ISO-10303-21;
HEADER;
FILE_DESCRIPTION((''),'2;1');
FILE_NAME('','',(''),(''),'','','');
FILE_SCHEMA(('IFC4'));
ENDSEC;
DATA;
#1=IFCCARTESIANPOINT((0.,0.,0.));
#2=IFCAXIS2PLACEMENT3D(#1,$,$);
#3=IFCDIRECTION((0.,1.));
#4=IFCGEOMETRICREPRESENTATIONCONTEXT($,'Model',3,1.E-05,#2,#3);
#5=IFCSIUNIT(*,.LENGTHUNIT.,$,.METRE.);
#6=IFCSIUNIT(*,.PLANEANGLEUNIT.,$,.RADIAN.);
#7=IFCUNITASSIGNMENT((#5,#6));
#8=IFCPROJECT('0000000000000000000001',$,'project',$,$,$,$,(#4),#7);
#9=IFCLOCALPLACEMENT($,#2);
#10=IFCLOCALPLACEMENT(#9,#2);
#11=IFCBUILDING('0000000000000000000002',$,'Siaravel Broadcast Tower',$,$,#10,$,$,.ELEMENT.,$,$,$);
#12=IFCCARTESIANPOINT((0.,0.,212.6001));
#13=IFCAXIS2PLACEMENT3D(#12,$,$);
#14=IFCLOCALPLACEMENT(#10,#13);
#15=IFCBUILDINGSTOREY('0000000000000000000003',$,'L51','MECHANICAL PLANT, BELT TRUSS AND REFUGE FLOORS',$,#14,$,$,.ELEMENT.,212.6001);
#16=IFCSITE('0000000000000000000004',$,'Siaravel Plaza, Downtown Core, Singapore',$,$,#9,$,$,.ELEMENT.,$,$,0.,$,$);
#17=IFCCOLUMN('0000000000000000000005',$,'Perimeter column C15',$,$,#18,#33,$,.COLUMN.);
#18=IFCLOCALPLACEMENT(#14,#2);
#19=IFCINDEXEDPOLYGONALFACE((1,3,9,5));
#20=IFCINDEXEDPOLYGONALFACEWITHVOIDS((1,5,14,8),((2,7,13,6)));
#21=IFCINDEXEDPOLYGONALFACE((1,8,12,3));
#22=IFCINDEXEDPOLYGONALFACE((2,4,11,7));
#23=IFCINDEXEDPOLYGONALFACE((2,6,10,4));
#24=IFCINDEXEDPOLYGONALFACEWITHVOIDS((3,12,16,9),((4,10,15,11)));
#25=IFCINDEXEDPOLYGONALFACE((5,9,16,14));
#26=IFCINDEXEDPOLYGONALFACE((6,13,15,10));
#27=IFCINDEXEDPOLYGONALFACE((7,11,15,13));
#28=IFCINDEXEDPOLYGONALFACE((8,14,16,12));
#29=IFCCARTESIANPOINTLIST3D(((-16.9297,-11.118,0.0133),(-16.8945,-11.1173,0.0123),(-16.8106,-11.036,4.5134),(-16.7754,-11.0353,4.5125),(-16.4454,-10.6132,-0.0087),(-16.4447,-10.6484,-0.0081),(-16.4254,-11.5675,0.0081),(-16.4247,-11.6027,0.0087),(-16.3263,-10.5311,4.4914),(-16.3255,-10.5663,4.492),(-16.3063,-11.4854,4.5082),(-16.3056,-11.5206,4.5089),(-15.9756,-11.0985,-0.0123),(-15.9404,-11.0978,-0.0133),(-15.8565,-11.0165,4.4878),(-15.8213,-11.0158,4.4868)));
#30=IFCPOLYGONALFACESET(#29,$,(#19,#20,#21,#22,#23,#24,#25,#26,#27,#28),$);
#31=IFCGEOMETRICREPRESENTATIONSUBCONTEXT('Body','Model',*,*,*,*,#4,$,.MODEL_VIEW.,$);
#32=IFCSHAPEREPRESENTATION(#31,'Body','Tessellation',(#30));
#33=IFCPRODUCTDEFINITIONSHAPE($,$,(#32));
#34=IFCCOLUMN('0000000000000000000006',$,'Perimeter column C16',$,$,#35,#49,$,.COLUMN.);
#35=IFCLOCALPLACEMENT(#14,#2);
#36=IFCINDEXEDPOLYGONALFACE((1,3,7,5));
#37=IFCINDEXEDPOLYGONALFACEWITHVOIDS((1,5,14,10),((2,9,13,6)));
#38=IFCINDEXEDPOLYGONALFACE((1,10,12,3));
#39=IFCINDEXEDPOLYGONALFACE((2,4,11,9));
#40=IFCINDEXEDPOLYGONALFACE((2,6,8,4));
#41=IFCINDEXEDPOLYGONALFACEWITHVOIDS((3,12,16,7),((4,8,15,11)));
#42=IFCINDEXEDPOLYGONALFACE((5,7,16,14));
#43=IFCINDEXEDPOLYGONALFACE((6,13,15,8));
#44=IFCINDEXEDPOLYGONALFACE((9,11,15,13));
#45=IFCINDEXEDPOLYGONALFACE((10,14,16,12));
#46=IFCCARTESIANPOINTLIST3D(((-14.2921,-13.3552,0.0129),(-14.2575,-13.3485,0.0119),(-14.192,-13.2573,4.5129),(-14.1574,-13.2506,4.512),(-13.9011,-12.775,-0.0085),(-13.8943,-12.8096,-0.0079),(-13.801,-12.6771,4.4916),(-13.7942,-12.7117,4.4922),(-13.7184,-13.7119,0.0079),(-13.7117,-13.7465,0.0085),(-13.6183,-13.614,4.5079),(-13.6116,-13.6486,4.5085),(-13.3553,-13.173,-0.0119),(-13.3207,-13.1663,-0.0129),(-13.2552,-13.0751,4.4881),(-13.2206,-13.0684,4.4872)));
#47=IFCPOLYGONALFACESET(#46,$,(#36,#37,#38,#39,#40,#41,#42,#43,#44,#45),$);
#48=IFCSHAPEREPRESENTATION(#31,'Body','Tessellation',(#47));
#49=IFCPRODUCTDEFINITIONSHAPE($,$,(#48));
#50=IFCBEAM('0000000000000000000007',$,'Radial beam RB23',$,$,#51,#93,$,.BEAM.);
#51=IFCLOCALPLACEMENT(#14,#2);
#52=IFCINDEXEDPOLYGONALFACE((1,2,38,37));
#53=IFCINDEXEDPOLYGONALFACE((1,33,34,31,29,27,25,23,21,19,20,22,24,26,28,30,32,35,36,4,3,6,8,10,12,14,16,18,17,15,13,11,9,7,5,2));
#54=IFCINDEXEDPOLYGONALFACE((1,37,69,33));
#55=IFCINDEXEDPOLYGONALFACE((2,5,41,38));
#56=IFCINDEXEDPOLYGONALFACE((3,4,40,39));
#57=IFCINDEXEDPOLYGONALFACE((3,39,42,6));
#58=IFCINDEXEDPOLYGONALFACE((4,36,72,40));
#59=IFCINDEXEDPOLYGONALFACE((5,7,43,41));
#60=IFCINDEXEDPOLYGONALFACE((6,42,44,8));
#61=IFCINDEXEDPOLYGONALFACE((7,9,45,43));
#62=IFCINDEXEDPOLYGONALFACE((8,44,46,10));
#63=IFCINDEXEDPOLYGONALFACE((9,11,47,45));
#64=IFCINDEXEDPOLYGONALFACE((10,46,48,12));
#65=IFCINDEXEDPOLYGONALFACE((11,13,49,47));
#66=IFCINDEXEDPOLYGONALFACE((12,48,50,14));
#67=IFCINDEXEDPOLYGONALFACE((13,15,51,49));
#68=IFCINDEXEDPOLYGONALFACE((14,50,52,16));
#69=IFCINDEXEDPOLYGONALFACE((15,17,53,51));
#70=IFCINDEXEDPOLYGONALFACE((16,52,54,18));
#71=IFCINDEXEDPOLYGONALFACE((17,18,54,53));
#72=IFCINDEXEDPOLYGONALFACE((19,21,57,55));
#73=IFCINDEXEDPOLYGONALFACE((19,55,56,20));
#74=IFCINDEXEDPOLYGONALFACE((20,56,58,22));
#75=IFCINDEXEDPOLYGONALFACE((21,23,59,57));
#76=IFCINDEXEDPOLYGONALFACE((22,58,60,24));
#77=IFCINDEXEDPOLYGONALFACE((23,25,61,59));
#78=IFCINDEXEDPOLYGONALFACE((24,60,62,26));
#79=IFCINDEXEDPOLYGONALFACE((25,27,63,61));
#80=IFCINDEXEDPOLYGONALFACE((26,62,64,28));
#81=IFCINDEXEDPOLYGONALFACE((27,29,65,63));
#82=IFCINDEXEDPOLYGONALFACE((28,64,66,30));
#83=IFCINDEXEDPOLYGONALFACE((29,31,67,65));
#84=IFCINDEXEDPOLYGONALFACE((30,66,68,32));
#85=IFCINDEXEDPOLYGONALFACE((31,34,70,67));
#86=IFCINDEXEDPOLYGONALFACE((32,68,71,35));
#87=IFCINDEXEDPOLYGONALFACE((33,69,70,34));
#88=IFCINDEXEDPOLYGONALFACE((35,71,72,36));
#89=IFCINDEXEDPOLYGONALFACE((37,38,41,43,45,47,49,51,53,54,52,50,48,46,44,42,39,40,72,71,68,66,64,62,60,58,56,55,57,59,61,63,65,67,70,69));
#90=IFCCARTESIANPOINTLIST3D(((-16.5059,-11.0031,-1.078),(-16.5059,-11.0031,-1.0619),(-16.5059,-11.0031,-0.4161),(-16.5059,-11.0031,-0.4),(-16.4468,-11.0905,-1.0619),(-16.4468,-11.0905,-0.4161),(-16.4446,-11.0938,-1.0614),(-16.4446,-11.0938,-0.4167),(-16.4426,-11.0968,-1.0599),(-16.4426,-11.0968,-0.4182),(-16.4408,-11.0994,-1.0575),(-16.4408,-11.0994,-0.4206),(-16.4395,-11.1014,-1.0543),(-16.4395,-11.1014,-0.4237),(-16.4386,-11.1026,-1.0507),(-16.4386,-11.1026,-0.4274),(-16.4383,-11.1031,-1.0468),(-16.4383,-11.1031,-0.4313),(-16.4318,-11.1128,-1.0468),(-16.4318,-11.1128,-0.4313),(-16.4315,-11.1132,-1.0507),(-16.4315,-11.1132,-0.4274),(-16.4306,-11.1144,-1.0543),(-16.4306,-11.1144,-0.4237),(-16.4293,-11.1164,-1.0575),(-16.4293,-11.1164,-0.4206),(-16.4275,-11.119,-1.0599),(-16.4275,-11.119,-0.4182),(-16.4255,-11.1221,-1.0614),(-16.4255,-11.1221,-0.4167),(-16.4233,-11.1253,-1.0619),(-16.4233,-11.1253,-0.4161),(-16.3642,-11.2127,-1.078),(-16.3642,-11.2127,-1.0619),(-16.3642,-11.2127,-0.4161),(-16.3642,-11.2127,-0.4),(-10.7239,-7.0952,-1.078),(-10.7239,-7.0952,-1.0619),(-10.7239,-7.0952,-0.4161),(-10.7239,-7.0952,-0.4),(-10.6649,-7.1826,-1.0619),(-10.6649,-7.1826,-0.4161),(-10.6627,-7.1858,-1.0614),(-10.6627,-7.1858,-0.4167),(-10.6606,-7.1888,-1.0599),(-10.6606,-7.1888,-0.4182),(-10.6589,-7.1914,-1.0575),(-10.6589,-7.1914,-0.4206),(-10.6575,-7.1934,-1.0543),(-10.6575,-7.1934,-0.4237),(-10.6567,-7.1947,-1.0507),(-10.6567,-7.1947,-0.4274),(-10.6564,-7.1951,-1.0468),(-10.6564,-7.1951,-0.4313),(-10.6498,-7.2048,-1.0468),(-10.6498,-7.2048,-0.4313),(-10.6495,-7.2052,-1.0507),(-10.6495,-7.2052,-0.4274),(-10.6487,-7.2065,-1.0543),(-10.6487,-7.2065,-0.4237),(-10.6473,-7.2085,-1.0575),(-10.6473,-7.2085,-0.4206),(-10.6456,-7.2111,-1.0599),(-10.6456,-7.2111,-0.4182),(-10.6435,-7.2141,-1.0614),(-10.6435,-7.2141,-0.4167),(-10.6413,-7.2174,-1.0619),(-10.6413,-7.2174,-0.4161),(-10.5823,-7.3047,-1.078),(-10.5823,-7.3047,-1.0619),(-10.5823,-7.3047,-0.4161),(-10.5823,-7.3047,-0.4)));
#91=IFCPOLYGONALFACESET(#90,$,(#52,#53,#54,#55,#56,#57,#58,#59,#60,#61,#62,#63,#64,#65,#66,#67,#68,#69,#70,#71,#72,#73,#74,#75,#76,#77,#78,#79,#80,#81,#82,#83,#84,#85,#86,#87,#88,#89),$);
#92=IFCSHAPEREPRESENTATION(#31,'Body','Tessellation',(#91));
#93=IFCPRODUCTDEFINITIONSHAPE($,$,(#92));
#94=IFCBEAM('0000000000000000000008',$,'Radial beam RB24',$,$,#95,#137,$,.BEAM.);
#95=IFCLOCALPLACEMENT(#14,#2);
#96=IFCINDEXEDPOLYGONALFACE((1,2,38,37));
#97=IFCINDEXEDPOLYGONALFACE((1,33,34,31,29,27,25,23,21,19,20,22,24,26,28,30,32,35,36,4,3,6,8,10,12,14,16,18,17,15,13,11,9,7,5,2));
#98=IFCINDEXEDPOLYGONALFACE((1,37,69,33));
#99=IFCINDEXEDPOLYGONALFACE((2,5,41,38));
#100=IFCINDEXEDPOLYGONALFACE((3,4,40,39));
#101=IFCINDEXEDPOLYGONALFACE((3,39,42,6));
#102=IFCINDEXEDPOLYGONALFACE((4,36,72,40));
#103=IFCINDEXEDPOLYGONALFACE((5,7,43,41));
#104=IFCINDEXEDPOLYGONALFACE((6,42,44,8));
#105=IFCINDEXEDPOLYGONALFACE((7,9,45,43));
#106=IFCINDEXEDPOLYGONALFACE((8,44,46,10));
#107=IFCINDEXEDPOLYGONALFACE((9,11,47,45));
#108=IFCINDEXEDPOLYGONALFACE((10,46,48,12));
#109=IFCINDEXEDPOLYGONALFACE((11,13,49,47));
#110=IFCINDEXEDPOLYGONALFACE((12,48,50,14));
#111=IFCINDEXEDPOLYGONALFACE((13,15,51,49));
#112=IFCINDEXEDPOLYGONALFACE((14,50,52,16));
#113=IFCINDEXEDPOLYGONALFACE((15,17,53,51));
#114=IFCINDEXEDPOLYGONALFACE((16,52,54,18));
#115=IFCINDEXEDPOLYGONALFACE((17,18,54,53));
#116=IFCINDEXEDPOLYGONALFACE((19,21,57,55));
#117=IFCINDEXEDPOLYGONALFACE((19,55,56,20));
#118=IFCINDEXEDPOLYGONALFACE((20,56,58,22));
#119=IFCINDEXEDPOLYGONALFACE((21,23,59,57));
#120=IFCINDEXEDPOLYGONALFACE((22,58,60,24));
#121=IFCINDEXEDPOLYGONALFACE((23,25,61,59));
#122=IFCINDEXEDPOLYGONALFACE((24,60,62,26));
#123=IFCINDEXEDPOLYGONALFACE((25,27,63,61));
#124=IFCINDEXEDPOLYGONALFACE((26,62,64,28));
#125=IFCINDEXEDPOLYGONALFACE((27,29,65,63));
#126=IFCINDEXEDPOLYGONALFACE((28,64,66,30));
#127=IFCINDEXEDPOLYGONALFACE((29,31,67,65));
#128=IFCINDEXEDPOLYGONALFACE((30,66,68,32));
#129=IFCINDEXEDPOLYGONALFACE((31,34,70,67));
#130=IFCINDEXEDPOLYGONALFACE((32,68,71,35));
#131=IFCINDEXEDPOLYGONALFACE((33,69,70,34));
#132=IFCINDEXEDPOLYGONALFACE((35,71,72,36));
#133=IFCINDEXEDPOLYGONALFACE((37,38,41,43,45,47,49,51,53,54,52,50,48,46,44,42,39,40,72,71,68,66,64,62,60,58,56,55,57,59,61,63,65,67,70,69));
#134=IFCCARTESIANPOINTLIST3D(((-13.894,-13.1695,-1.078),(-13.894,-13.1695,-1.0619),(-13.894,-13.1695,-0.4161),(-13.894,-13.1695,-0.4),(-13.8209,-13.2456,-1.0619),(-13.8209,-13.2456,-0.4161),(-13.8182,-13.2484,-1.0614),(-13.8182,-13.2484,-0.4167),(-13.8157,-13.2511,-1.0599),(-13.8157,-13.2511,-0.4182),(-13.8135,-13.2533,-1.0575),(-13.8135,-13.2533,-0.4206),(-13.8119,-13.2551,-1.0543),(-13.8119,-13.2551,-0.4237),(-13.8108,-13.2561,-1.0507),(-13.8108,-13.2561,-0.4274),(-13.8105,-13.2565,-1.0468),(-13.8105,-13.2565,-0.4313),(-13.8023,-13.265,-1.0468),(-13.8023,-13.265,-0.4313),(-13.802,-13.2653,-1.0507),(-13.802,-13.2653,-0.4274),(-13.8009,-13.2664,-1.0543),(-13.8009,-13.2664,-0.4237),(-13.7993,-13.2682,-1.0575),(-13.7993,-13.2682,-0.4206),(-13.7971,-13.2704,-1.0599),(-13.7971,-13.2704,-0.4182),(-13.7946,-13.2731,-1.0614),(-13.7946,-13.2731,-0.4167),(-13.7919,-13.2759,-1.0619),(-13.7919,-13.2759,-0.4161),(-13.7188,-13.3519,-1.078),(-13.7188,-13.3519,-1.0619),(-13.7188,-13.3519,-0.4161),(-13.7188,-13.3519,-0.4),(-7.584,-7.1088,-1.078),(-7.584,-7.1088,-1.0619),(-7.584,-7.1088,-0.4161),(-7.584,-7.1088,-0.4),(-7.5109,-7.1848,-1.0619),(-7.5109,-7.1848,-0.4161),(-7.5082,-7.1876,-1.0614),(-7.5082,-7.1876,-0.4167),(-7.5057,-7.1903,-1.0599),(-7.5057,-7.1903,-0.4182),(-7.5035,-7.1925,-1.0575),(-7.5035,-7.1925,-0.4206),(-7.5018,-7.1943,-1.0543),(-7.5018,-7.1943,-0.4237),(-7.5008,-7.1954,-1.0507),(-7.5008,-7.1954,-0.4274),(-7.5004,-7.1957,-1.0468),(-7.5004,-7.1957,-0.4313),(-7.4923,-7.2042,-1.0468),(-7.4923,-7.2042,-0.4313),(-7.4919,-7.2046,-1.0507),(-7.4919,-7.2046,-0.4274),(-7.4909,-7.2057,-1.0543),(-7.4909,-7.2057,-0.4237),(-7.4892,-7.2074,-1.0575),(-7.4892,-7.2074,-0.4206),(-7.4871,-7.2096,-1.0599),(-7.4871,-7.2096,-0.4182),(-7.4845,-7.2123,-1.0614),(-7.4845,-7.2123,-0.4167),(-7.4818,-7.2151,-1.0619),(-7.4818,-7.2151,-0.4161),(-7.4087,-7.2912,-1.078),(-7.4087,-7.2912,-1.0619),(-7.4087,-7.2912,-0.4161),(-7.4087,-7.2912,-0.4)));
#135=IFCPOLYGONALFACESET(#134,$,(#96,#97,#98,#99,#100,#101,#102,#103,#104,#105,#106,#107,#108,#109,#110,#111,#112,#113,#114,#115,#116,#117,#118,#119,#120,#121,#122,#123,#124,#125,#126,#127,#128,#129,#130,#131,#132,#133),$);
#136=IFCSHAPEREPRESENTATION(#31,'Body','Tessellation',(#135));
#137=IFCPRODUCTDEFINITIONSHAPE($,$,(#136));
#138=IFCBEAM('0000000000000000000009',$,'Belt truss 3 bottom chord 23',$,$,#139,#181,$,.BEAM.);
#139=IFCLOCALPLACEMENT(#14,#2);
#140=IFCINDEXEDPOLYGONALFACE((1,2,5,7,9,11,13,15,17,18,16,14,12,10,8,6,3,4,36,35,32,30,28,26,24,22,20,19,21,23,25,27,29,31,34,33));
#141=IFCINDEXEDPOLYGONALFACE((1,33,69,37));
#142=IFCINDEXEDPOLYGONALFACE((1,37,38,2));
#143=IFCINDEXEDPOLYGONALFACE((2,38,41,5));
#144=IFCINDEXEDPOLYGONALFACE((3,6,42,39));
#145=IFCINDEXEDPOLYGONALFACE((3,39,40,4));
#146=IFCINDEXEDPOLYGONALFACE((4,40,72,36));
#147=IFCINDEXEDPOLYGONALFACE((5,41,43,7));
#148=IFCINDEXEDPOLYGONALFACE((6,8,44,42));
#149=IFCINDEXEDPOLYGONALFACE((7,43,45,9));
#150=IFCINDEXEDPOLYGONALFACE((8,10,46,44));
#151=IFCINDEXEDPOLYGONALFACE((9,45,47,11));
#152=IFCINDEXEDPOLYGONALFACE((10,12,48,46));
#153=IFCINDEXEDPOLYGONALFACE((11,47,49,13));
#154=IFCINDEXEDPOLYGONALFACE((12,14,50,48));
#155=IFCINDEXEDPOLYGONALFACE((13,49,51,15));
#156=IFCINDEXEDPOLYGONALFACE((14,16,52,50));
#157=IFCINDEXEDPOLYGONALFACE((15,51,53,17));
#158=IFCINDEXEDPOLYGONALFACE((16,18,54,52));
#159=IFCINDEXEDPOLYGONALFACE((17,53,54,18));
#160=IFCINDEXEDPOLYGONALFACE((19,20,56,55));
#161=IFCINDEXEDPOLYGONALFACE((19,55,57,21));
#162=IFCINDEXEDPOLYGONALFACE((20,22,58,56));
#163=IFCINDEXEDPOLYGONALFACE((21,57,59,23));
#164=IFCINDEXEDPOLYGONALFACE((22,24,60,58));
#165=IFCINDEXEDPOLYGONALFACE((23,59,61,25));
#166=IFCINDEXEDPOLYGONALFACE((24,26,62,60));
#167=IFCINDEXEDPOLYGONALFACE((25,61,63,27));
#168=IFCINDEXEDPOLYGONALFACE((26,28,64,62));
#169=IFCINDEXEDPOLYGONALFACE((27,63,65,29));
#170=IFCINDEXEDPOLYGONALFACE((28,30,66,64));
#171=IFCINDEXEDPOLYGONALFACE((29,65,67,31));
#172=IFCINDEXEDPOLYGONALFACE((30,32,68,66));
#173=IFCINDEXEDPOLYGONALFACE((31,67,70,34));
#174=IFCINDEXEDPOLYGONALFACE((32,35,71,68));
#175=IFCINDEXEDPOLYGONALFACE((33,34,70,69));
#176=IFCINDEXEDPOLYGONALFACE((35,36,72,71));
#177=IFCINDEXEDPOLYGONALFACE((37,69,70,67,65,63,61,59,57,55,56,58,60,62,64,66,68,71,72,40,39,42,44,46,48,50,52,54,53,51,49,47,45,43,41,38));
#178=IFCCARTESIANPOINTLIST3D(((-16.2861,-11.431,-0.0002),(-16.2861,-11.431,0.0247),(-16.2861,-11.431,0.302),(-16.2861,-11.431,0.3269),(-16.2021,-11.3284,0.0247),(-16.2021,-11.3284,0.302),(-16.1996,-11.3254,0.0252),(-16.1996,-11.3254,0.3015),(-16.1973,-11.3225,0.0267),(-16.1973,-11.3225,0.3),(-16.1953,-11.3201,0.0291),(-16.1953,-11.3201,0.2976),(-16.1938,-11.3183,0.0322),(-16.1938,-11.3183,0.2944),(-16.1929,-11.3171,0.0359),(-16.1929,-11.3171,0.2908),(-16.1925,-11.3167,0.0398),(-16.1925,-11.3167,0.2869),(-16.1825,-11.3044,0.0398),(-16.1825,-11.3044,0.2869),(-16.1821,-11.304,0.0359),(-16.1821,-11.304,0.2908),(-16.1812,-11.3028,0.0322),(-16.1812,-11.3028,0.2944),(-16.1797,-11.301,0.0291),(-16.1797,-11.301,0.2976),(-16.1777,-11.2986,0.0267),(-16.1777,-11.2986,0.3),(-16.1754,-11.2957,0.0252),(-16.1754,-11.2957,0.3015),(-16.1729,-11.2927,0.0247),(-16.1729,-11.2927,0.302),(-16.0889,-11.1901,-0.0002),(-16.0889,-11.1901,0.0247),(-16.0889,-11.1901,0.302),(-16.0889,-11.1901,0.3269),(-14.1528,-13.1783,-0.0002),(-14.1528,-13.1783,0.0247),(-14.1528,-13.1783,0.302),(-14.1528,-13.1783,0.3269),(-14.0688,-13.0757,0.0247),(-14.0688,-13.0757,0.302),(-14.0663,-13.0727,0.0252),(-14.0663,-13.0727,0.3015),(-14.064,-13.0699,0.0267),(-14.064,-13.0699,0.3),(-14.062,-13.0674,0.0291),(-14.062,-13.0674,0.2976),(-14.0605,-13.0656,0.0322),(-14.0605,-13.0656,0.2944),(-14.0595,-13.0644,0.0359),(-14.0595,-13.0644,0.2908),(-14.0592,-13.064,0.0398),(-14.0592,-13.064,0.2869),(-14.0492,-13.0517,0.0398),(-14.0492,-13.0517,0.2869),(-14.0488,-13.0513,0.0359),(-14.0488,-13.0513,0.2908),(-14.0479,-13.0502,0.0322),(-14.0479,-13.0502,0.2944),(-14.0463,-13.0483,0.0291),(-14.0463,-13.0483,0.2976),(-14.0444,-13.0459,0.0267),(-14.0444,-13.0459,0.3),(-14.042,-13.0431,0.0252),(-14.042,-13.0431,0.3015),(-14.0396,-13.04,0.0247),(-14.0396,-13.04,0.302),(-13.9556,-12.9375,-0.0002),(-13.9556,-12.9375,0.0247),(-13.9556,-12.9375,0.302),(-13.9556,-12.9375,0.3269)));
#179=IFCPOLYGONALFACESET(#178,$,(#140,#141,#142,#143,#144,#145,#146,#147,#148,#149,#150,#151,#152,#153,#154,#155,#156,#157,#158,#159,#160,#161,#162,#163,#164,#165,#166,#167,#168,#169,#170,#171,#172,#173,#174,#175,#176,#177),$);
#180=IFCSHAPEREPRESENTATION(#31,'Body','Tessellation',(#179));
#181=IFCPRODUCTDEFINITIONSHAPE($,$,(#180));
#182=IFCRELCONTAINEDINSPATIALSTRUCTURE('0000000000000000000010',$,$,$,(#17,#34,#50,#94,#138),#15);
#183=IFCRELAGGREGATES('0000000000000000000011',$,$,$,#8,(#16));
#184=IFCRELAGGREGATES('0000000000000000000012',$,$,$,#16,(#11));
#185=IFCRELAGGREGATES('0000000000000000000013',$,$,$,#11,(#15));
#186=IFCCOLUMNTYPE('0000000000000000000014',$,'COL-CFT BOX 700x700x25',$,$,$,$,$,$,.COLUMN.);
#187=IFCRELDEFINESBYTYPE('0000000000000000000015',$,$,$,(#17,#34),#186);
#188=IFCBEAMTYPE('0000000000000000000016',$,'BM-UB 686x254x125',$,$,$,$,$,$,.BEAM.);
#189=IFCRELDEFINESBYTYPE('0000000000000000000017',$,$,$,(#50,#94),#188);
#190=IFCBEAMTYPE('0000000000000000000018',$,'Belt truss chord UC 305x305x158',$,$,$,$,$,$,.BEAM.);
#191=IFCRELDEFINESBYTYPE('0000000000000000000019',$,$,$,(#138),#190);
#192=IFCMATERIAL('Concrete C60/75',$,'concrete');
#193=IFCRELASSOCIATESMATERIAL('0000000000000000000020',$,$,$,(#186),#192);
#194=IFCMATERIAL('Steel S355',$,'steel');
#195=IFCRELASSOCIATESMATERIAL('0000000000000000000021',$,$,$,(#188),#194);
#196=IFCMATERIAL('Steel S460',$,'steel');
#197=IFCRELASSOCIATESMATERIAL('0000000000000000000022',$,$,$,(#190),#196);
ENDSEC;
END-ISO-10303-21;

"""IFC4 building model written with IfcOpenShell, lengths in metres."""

from ifc_helpers import new_model, si_unit, direction, frame, origin, origin_2d, place, context, subcontext, project, spatial, hollow_rectangle, i_section, extrude, material, material_profile, profile_set, type_object, element, save


model = new_model("IFC4")

# Units and contexts
model_context = context("Model", 3, precision=1e-05, world=origin(), true_north=direction((0.0, 1.0)))
body_context = subcontext(model_context, "Body", "Model", "MODEL_VIEW")
ifc_project = project(units=[si_unit("LENGTHUNIT", "METRE"), si_unit("PLANEANGLEUNIT", "RADIAN")], contexts=[model_context])

# Site, building, storey
site_placement = place(None, origin())
site = spatial("IfcSite", under=ifc_project, at=site_placement, Name="Siaravel Plaza, Downtown Core, Singapore", CompositionType="ELEMENT", RefElevation=0.0)
building_placement = place(site_placement, origin())
building = spatial("IfcBuilding", under=site, at=building_placement, Name="Siaravel Broadcast Tower", CompositionType="ELEMENT")
storey_placement = place(building_placement, frame((0.0, 0.0, 212.6001)))
storey = spatial("IfcBuildingStorey", under=building, at=storey_placement, Name="L51", Description="MECHANICAL PLANT, BELT TRUSS AND REFUGE FLOORS", CompositionType="ELEMENT", Elevation=212.6001)

# Columns
ifc_material_1 = material(Name="Concrete C60/75", Category="concrete")
ifc_material_profile_1 = material_profile(ifc_material_1, hollow_rectangle(XDim=0.7, YDim=0.7, WallThickness=0.0249, at=origin_2d()))
ifc_profile_set_1 = profile_set([ifc_material_profile_1], Name="Concrete C60/75")
column_type = type_object("IfcColumnType", Name="COL-CFT BOX 700x700x25", PredefinedType="COLUMN", material=ifc_profile_set_1)
column_1_placement = place(storey_placement, frame((-16.4351, -11.1079, 0.0), z_axis=(0.026462, 0.01822, 0.999484), x_axis=(-0.721498, 0.692387, 0.006481)))
element("IfcColumn", 1, at=column_1_placement, inside=storey, type_object=column_type, Name="Perimeter column C15", PredefinedType="COLUMN", context=body_context, shape_type="SweptSolid", body=[
    extrude(hollow_rectangle(XDim=0.7, YDim=0.7, WallThickness=0.0249, at=origin_2d()), origin(), (0.0, 0.0, 1.0), 4.5024),
])
column_2_placement = place(storey_placement, frame((-13.8064, -13.2607, 0.0), z_axis=(0.022233, 0.021745, 0.999516), x_axis=(-0.829145, 0.558998, 0.006282)))
element("IfcColumn", 2, at=column_2_placement, inside=storey, type_object=column_type, Name="Perimeter column C16", PredefinedType="COLUMN", context=body_context, shape_type="SweptSolid", body=[
    extrude(hollow_rectangle(XDim=0.7, YDim=0.7, WallThickness=0.0249, at=origin_2d()), origin(), (0.0, 0.0, 1.0), 4.5022),
])

# Beams
ifc_material_2 = material(Name="Steel S355", Category="steel")
ifc_material_profile_2 = material_profile(ifc_material_2, i_section(OverallWidth=0.2529, OverallDepth=0.678, WebThickness=0.0117, FlangeThickness=0.0161, FilletRadius=0.0151, at=origin_2d()))
ifc_profile_set_2 = profile_set([ifc_material_profile_2], Name="Steel S355")
beam_type_1 = type_object("IfcBeamType", Name="BM-UB 686x254x125", PredefinedType="BEAM", material=ifc_profile_set_2)
beam_1_placement = place(storey_placement, frame((-16.4351, -11.1079, -0.739), z_axis=(0.828508, 0.559977, 0.0), x_axis=(-0.559977, 0.828508, 0.0)))
element("IfcBeam", 3, at=beam_1_placement, inside=storey, type_object=beam_type_1, Name="Radial beam RB23", PredefinedType="BEAM", context=body_context, shape_type="SweptSolid", body=[
    extrude(i_section(OverallWidth=0.2529, OverallDepth=0.678, WebThickness=0.0117, FlangeThickness=0.0161, FilletRadius=0.0151, at=origin_2d()), origin(), (0.0, 0.0, 1.0), 6.9788),
])
beam_2_placement = place(storey_placement, frame((-13.8064, -13.2607, -0.739), z_axis=(0.721208, 0.692718, 0.0), x_axis=(-0.692718, 0.721208, 0.0)))
element("IfcBeam", 4, at=beam_2_placement, inside=storey, type_object=beam_type_1, Name="Radial beam RB24", PredefinedType="BEAM", context=body_context, shape_type="SweptSolid", body=[
    extrude(i_section(OverallWidth=0.2529, OverallDepth=0.678, WebThickness=0.0117, FlangeThickness=0.0161, FilletRadius=0.0151, at=origin_2d()), origin(), (0.0, 0.0, 1.0), 8.7493),
])
ifc_material_3 = material(Name="Steel S460", Category="steel")
ifc_material_profile_3 = material_profile(ifc_material_3, i_section(OverallWidth=0.3113, OverallDepth=0.3271, WebThickness=0.0159, FlangeThickness=0.0249, FilletRadius=0.0151, at=origin_2d()))
ifc_profile_set_3 = profile_set([ifc_material_profile_3], Name="Steel S460")
beam_type_2 = type_object("IfcBeamType", Name="Belt truss chord UC 305x305x158", PredefinedType="BEAM", material=ifc_profile_set_3)
beam_3_placement = place(storey_placement, frame((-16.1875, -11.3105, 0.1633), z_axis=(0.773622, -0.633648, 0.0), x_axis=(0.633648, 0.773622, 0.0)))
element("IfcBeam", 5, at=beam_3_placement, inside=storey, type_object=beam_type_2, Name="Belt truss 3 bottom chord 23", PredefinedType="BEAM", context=body_context, shape_type="SweptSolid", body=[
    extrude(i_section(OverallWidth=0.3113, OverallDepth=0.3271, WebThickness=0.0159, FlangeThickness=0.0249, FilletRadius=0.0151, at=origin_2d()), origin(), (0.0, 0.0, 1.0), 2.7576),
])

save(model, "model.ifc")
